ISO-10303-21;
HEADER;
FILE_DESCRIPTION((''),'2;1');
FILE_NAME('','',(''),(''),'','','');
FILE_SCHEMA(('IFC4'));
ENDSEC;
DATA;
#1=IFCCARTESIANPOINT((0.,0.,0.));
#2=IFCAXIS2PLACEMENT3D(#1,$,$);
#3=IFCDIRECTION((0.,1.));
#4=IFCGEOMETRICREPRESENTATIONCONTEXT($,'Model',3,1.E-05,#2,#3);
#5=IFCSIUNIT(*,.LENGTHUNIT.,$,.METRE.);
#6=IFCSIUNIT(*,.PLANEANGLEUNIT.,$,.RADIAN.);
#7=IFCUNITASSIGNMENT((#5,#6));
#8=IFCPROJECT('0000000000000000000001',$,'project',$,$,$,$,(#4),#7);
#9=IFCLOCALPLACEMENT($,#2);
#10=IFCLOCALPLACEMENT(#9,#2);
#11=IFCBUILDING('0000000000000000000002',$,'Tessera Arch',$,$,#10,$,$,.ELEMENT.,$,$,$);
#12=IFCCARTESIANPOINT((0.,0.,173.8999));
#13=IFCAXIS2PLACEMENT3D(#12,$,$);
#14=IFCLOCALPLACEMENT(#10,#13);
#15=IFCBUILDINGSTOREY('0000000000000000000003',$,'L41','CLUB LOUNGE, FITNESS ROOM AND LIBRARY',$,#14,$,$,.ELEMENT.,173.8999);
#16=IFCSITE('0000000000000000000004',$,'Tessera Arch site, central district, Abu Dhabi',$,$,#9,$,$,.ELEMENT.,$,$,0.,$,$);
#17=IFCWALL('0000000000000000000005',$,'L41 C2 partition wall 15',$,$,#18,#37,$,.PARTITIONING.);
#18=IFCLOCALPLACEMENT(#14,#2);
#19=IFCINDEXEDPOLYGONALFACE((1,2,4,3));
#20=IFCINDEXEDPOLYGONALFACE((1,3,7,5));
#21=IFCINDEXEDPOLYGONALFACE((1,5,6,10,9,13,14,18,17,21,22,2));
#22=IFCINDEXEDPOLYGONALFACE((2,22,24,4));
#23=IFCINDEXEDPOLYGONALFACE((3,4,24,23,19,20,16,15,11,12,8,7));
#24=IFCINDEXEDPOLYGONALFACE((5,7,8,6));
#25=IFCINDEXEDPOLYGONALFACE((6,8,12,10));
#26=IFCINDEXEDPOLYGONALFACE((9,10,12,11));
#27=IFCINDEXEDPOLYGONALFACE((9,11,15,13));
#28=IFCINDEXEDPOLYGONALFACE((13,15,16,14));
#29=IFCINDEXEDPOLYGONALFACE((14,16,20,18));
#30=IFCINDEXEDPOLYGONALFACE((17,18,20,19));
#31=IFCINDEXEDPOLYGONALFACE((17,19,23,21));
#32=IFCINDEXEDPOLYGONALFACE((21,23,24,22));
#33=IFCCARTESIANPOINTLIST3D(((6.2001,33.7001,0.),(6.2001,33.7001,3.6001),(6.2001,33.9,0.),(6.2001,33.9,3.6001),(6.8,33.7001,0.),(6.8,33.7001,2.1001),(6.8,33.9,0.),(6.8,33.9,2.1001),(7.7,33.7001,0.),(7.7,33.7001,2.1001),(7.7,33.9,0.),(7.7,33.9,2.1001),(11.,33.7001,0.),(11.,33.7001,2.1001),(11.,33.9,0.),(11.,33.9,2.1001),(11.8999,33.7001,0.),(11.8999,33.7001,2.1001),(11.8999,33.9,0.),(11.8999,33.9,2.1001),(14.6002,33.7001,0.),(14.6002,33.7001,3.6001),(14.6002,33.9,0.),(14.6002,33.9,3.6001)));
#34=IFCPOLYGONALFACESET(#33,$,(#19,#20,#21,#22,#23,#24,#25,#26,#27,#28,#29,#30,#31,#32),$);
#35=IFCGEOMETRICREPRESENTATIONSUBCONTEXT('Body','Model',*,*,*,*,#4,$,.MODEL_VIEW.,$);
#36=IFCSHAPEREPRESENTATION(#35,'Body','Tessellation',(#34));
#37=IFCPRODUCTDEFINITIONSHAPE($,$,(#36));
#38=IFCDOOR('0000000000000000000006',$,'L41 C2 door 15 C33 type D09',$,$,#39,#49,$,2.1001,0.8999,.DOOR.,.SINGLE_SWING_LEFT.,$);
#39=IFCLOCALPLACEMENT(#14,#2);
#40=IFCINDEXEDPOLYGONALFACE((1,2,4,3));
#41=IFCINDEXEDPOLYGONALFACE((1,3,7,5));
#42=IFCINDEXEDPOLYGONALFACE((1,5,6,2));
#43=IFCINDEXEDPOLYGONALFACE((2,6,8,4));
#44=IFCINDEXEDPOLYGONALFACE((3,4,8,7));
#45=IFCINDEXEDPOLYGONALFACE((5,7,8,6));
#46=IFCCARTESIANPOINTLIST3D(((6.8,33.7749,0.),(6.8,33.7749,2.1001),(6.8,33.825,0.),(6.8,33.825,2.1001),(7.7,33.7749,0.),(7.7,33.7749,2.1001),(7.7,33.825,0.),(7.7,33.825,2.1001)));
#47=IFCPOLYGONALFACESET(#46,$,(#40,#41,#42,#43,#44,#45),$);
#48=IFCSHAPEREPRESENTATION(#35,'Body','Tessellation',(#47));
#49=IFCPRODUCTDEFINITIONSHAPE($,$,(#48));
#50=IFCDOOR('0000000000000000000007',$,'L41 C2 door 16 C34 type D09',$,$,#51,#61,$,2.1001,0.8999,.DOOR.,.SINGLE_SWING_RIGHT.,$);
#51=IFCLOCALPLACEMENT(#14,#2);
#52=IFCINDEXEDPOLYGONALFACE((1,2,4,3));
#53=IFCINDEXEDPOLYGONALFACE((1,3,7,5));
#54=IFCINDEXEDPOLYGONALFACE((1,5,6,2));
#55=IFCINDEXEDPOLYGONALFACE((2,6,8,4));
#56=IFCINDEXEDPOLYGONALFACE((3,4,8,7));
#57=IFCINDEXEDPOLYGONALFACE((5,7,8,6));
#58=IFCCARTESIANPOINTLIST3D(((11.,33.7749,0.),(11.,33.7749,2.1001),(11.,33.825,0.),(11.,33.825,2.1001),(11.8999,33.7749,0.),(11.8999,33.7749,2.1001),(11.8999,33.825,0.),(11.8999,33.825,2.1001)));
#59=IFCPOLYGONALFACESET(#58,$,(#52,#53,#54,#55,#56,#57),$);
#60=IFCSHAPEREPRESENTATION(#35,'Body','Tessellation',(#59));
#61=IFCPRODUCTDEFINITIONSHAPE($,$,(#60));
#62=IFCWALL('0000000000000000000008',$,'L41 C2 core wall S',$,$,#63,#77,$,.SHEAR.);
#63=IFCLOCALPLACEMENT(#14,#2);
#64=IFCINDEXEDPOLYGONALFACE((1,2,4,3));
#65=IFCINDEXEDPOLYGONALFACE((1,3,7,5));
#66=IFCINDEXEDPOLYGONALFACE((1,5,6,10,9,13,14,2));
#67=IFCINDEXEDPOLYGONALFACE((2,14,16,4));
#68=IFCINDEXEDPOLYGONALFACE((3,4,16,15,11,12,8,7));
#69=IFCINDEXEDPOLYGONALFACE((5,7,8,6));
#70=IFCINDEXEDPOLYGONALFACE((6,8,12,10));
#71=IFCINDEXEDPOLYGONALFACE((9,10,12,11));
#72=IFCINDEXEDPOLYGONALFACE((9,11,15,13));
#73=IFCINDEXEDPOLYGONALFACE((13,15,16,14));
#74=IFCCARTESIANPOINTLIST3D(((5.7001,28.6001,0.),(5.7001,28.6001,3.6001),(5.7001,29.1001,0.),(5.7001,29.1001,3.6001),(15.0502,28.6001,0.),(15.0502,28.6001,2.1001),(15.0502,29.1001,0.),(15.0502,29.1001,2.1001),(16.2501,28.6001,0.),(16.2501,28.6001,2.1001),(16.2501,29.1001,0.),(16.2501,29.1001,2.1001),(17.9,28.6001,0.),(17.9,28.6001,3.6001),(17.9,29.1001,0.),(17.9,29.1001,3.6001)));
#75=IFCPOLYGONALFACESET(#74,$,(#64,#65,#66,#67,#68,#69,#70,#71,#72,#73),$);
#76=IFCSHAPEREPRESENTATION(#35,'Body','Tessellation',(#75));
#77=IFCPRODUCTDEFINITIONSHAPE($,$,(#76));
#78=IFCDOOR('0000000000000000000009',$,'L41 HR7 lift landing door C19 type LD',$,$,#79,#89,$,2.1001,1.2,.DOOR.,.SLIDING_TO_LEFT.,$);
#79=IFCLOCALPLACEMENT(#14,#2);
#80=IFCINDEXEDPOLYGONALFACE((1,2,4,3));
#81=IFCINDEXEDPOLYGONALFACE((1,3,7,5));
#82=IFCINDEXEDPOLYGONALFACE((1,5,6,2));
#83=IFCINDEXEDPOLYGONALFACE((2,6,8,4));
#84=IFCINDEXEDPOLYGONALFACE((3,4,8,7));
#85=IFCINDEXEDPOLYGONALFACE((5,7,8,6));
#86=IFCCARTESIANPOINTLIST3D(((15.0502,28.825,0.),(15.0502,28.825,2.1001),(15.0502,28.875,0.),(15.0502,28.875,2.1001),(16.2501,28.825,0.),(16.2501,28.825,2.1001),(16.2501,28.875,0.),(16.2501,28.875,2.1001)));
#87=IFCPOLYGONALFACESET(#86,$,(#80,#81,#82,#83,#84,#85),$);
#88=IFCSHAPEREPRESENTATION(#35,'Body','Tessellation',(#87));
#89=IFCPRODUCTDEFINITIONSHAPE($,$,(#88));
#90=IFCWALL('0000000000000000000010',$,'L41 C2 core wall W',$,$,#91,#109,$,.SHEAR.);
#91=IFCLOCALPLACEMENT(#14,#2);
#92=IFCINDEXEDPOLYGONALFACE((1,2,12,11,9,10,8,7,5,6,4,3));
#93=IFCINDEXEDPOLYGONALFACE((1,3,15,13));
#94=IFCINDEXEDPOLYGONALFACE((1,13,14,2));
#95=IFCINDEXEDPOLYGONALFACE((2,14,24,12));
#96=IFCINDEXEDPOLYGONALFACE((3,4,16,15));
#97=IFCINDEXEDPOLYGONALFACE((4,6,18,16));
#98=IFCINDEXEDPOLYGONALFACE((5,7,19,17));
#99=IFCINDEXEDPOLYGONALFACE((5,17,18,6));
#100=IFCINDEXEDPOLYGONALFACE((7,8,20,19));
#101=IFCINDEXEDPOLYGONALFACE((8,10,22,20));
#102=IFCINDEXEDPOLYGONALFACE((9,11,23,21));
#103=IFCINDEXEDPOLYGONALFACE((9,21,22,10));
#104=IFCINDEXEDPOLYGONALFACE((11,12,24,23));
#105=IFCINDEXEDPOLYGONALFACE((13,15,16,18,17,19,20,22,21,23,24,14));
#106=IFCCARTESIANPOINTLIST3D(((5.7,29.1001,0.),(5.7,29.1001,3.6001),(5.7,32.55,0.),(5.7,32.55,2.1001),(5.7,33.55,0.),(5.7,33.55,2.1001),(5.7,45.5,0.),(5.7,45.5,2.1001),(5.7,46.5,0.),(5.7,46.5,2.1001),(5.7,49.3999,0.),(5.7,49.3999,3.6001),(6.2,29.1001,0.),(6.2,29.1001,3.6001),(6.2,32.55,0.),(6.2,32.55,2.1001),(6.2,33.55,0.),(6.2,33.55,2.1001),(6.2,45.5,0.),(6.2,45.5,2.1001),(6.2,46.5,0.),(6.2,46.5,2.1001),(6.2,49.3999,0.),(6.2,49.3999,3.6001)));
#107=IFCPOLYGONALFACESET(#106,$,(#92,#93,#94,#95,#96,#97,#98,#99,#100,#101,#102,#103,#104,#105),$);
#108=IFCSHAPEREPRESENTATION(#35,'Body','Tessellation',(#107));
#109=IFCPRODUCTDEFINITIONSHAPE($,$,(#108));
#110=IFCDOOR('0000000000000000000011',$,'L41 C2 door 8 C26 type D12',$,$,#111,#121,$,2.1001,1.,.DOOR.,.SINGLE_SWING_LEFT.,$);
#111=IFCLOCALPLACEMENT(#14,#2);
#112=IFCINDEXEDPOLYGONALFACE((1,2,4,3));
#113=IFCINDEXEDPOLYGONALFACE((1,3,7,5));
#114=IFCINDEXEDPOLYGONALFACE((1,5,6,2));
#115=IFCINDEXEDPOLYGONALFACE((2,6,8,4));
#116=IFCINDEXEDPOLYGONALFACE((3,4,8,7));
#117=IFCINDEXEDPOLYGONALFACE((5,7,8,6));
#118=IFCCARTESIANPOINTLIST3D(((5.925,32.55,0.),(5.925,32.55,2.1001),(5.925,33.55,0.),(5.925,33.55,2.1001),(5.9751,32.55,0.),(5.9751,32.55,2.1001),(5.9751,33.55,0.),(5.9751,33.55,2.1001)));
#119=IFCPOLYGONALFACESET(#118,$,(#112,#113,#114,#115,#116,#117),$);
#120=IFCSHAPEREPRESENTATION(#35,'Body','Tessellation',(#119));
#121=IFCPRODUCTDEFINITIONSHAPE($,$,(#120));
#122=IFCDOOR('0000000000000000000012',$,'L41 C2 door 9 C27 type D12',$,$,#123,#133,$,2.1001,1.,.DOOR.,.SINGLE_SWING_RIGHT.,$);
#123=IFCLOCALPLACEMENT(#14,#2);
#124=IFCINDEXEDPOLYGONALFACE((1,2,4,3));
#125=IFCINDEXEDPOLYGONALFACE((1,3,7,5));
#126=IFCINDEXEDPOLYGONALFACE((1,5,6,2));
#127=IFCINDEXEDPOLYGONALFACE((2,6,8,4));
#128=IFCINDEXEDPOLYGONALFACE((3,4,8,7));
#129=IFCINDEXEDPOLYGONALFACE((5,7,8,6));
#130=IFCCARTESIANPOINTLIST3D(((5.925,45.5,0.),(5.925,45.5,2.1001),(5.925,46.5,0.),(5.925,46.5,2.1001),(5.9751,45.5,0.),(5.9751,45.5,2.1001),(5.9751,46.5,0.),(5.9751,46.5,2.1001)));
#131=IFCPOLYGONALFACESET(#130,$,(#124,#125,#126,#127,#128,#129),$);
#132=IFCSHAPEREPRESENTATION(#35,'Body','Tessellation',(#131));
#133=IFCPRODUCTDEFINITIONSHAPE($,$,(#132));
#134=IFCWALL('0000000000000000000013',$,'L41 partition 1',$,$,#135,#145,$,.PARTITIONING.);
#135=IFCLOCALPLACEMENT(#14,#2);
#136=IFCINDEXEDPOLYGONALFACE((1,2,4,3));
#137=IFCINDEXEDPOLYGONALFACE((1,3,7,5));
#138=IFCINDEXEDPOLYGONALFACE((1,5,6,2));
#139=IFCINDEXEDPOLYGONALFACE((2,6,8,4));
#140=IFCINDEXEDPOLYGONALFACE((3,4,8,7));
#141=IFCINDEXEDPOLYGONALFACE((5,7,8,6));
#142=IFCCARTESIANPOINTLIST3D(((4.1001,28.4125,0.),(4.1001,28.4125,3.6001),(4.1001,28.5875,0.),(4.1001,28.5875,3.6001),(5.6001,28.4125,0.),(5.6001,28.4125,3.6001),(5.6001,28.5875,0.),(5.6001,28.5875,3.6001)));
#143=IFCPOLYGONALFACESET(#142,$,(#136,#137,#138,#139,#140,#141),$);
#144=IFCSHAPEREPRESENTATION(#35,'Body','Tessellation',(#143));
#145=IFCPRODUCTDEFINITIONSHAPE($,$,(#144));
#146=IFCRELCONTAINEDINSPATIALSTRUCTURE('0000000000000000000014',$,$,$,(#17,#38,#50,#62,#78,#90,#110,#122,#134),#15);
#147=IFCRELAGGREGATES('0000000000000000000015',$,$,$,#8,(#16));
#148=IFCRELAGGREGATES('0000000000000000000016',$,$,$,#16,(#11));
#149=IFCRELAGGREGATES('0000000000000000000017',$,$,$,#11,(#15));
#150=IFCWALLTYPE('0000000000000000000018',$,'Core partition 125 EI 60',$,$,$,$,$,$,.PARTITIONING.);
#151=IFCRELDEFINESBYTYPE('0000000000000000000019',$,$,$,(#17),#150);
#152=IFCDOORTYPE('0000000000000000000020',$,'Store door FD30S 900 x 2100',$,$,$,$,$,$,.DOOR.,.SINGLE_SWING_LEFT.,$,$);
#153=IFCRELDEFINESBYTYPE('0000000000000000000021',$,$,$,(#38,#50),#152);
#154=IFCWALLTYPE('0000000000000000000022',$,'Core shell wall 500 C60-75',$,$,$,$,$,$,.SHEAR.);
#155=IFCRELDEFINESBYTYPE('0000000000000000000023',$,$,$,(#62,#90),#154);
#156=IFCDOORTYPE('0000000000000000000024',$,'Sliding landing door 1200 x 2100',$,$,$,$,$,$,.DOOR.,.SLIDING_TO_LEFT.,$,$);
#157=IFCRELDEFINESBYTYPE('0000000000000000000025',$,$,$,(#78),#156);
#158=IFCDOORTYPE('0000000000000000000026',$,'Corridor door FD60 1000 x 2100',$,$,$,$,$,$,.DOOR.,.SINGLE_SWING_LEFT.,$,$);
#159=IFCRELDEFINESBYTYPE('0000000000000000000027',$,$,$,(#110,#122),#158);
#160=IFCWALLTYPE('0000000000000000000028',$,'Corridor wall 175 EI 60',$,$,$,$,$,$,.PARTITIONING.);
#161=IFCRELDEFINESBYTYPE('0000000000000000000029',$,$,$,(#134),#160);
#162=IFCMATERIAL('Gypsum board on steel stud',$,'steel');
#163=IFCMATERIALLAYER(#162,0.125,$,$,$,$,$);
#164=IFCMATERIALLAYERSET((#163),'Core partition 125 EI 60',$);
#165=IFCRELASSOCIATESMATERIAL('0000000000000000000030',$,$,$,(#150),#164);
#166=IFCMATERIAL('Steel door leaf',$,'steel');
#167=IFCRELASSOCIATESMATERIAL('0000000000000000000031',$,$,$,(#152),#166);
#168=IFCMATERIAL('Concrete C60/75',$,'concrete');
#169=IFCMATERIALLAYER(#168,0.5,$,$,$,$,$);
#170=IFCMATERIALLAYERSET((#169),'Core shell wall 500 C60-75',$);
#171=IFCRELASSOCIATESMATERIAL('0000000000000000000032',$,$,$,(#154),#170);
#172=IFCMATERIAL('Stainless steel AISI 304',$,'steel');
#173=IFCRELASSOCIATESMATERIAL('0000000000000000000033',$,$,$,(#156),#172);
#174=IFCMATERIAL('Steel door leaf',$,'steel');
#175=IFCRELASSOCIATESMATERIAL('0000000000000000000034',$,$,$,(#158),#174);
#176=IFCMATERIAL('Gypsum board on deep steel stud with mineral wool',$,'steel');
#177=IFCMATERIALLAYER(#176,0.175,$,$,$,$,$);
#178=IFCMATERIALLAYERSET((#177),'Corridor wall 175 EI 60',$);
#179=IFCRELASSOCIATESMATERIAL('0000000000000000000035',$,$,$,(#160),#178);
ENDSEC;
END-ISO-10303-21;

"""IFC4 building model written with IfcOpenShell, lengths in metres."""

from ifc_helpers import new_model, si_unit, direction, frame, frame_2d, origin, place, context, subcontext, project, spatial, rectangle, extrude, material, layer, layer_set, type_object, element, fill, save


model = new_model("IFC4")

# Units and contexts
model_context = context("Model", 3, precision=1e-05, world=origin(), true_north=direction((0.0, 1.0)))
body_context = subcontext(model_context, "Body", "Model", "MODEL_VIEW")
ifc_project = project(units=[si_unit("LENGTHUNIT", "METRE"), si_unit("PLANEANGLEUNIT", "RADIAN")], contexts=[model_context])

# Site, building, storey
site_placement = place(None, origin())
site = spatial("IfcSite", under=ifc_project, at=site_placement, Name="Tessera Arch site, central district, Abu Dhabi", CompositionType="ELEMENT", RefElevation=0.0)
building_placement = place(site_placement, origin())
building = spatial("IfcBuilding", under=site, at=building_placement, Name="Tessera Arch", CompositionType="ELEMENT")
storey_placement = place(building_placement, frame((0.0, 0.0, 173.8999)))
storey = spatial("IfcBuildingStorey", under=building, at=storey_placement, Name="L41", Description="CLUB LOUNGE, FITNESS ROOM AND LIBRARY", CompositionType="ELEMENT", Elevation=173.8999)

# Shared definitions
ifc_material_1 = material(Name="Gypsum board on steel stud", Category="steel")
ifc_layer_1 = layer(ifc_material_1, 0.125)
ifc_layer_set_1 = layer_set([ifc_layer_1], Name="Core partition 125 EI 60")
wall_type_1 = type_object("IfcWallType", Name="Core partition 125 EI 60", PredefinedType="PARTITIONING", material=ifc_layer_set_1)

# Shared definitions
ifc_material_2 = material(Name="Steel door leaf", Category="steel")
door_type_1 = type_object("IfcDoorType", Name="Store door FD30S 900 x 2100", OperationType="SINGLE_SWING_LEFT", PredefinedType="DOOR", material=ifc_material_2)

# Wall, openings, doors
wall_1_placement = place(storey_placement, frame((6.2, 33.8, 0.0), z_axis=(0.0, 0.0, 1.0), x_axis=(1.0, 0.0, 0.0)))
wall_1 = element("IfcWall", 1, at=wall_1_placement, inside=storey, type_object=wall_type_1, Name="L41 C2 partition wall 15", PredefinedType="PARTITIONING", context=body_context, shape_type="SweptSolid", body=[
    extrude(rectangle(XDim=8.4001, YDim=0.2, at=frame_2d((4.2002, 0.0))), origin(), (0.0, 0.0, 1.0), 3.6001),
])
opening_1_placement = place(wall_1_placement, frame((0.6001, 0.0, 0.0)))
opening_1 = element("IfcOpeningElement", 2, at=opening_1_placement, cuts=wall_1, PredefinedType="OPENING", context=body_context, shape_type="SweptSolid", body=[
    extrude(rectangle(XDim=0.8999, YDim=2.1001, at=frame_2d((0.45, 1.05))), frame((0.0, 0.1099, 0.0), z_axis=(0.0, -1.0, 0.0), x_axis=(1.0, 0.0, 0.0)), (0.0, 0.0, 1.0), 0.22),
])
opening_2_placement = place(wall_1_placement, frame((4.8, 0.0, 0.0)))
opening_2 = element("IfcOpeningElement", 3, at=opening_2_placement, cuts=wall_1, PredefinedType="OPENING", context=body_context, shape_type="SweptSolid", body=[
    extrude(rectangle(XDim=0.8999, YDim=2.1001, at=frame_2d((0.45, 1.05))), frame((0.0, 0.1099, 0.0), z_axis=(0.0, -1.0, 0.0), x_axis=(1.0, 0.0, 0.0)), (0.0, 0.0, 1.0), 0.22),
])
door_1_placement = place(opening_1_placement, origin())
door_1 = element("IfcDoor", 4, at=door_1_placement, inside=storey, type_object=door_type_1, Name="L41 C2 door 15 C33 type D09", OperationType="SINGLE_SWING_LEFT", OverallHeight=2.1001, OverallWidth=0.8999, PredefinedType="DOOR", context=body_context, shape_type="SweptSolid", body=[
    extrude(rectangle(XDim=0.8999, YDim=2.1001, at=frame_2d((0.45, 1.05))), frame((0.0, 0.0249, 0.0), z_axis=(0.0, -1.0, 0.0), x_axis=(1.0, 0.0, 0.0)), (0.0, 0.0, 1.0), 0.05),
])
fill(opening_1, door_1)
door_2_placement = place(opening_2_placement, origin())
door_2 = element("IfcDoor", 5, at=door_2_placement, inside=storey, type_object=door_type_1, Name="L41 C2 door 16 C34 type D09", OperationType="SINGLE_SWING_RIGHT", OverallHeight=2.1001, OverallWidth=0.8999, PredefinedType="DOOR", context=body_context, shape_type="SweptSolid", body=[
    extrude(rectangle(XDim=0.8999, YDim=2.1001, at=frame_2d((0.45, 1.05))), frame((0.0, 0.0249, 0.0), z_axis=(0.0, -1.0, 0.0), x_axis=(1.0, 0.0, 0.0)), (0.0, 0.0, 1.0), 0.05),
])
fill(opening_2, door_2)

# Wall, opening, door
ifc_material_3 = material(Name="Concrete C60/75", Category="concrete")
ifc_layer_2 = layer(ifc_material_3, 0.5)
ifc_layer_set_2 = layer_set([ifc_layer_2], Name="Core shell wall 500 C60-75")
wall_type_2 = type_object("IfcWallType", Name="Core shell wall 500 C60-75", PredefinedType="SHEAR", material=ifc_layer_set_2)
wall_2_placement = place(storey_placement, frame((5.7, 28.8501, 0.0), z_axis=(0.0, 0.0, 1.0), x_axis=(1.0, 0.0, 0.0)))
wall_2 = element("IfcWall", 6, at=wall_2_placement, inside=storey, type_object=wall_type_2, Name="L41 C2 core wall S", PredefinedType="SHEAR", context=body_context, shape_type="SweptSolid", body=[
    extrude(rectangle(XDim=12.2, YDim=0.5, at=frame_2d((6.1001, 0.0))), origin(), (0.0, 0.0, 1.0), 3.6001),
])
opening_3_placement = place(wall_2_placement, frame((9.3501, 0.0, 0.0)))
opening_3 = element("IfcOpeningElement", 7, at=opening_3_placement, cuts=wall_2, PredefinedType="OPENING", context=body_context, shape_type="SweptSolid", body=[
    extrude(rectangle(XDim=1.2, YDim=2.1001, at=frame_2d((0.6001, 1.05))), frame((0.0, 0.26, 0.0), z_axis=(0.0, -1.0, 0.0), x_axis=(1.0, 0.0, 0.0)), (0.0, 0.0, 1.0), 0.52),
])
ifc_material_4 = material(Name="Stainless steel AISI 304", Category="steel")
door_type_2 = type_object("IfcDoorType", Name="Sliding landing door 1200 x 2100", OperationType="SLIDING_TO_LEFT", PredefinedType="DOOR", material=ifc_material_4)
door_3_placement = place(opening_3_placement, origin())
door_3 = element("IfcDoor", 8, at=door_3_placement, inside=storey, type_object=door_type_2, Name="L41 HR7 lift landing door C19 type LD", OperationType="SLIDING_TO_LEFT", OverallHeight=2.1001, OverallWidth=1.2, PredefinedType="DOOR", context=body_context, shape_type="SweptSolid", body=[
    extrude(rectangle(XDim=1.2, YDim=2.1001, at=frame_2d((0.6001, 1.05))), frame((0.0, 0.0249, 0.0), z_axis=(0.0, -1.0, 0.0), x_axis=(1.0, 0.0, 0.0)), (0.0, 0.0, 1.0), 0.05),
])
fill(opening_3, door_3)

# Wall, openings, doors
wall_3_placement = place(storey_placement, frame((5.95, 29.1001, 0.0), z_axis=(0.0, 0.0, 1.0), x_axis=(0.0, 1.0, 0.0)))
wall_3 = element("IfcWall", 9, at=wall_3_placement, inside=storey, type_object=wall_type_2, Name="L41 C2 core wall W", PredefinedType="SHEAR", context=body_context, shape_type="SweptSolid", body=[
    extrude(rectangle(XDim=20.2998, YDim=0.5, at=frame_2d((10.1499, 0.0))), origin(), (0.0, 0.0, 1.0), 3.6001),
])
opening_4_placement = place(wall_3_placement, frame((3.45, 0.0, 0.0)))
opening_4 = element("IfcOpeningElement", 10, at=opening_4_placement, cuts=wall_3, PredefinedType="OPENING", context=body_context, shape_type="SweptSolid", body=[
    extrude(rectangle(XDim=1.0, YDim=2.1001, at=frame_2d((0.5, 1.05))), frame((0.0, 0.26, 0.0), z_axis=(0.0, -1.0, 0.0), x_axis=(1.0, 0.0, 0.0)), (0.0, 0.0, 1.0), 0.52),
])
opening_5_placement = place(wall_3_placement, frame((16.3999, 0.0, 0.0)))
opening_5 = element("IfcOpeningElement", 11, at=opening_5_placement, cuts=wall_3, PredefinedType="OPENING", context=body_context, shape_type="SweptSolid", body=[
    extrude(rectangle(XDim=1.0, YDim=2.1001, at=frame_2d((0.5, 1.05))), frame((0.0, 0.26, 0.0), z_axis=(0.0, -1.0, 0.0), x_axis=(1.0, 0.0, 0.0)), (0.0, 0.0, 1.0), 0.52),
])
ifc_material_5 = material(Name="Steel door leaf", Category="steel")
door_type_3 = type_object("IfcDoorType", Name="Corridor door FD60 1000 x 2100", OperationType="SINGLE_SWING_LEFT", PredefinedType="DOOR", material=ifc_material_5)
door_4_placement = place(opening_4_placement, origin())
door_4 = element("IfcDoor", 12, at=door_4_placement, inside=storey, type_object=door_type_3, Name="L41 C2 door 8 C26 type D12", OperationType="SINGLE_SWING_LEFT", OverallHeight=2.1001, OverallWidth=1.0, PredefinedType="DOOR", context=body_context, shape_type="SweptSolid", body=[
    extrude(rectangle(XDim=1.0, YDim=2.1001, at=frame_2d((0.5, 1.05))), frame((0.0, 0.0249, 0.0), z_axis=(0.0, -1.0, 0.0), x_axis=(1.0, 0.0, 0.0)), (0.0, 0.0, 1.0), 0.05),
])
fill(opening_4, door_4)
door_5_placement = place(opening_5_placement, origin())
door_5 = element("IfcDoor", 13, at=door_5_placement, inside=storey, type_object=door_type_3, Name="L41 C2 door 9 C27 type D12", OperationType="SINGLE_SWING_RIGHT", OverallHeight=2.1001, OverallWidth=1.0, PredefinedType="DOOR", context=body_context, shape_type="SweptSolid", body=[
    extrude(rectangle(XDim=1.0, YDim=2.1001, at=frame_2d((0.5, 1.05))), frame((0.0, 0.0249, 0.0), z_axis=(0.0, -1.0, 0.0), x_axis=(1.0, 0.0, 0.0)), (0.0, 0.0, 1.0), 0.05),
])
fill(opening_5, door_5)

# Wall
ifc_material_6 = material(Name="Gypsum board on deep steel stud with mineral wool", Category="steel")
ifc_layer_3 = layer(ifc_material_6, 0.175)
ifc_layer_set_3 = layer_set([ifc_layer_3], Name="Corridor wall 175 EI 60")
wall_type_3 = type_object("IfcWallType", Name="Corridor wall 175 EI 60", PredefinedType="PARTITIONING", material=ifc_layer_set_3)
wall_4_placement = place(storey_placement, frame((4.1001, 28.5, 0.0), z_axis=(0.0, 0.0, 1.0), x_axis=(1.0, 0.0, 0.0)))
element("IfcWall", 14, at=wall_4_placement, inside=storey, type_object=wall_type_3, Name="L41 partition 1", PredefinedType="PARTITIONING", context=body_context, shape_type="SweptSolid", body=[
    extrude(rectangle(XDim=1.5, YDim=0.175, at=frame_2d((0.75, 0.0))), origin(), (0.0, 0.0, 1.0), 3.6001),
])

save(model, "model.ifc")
